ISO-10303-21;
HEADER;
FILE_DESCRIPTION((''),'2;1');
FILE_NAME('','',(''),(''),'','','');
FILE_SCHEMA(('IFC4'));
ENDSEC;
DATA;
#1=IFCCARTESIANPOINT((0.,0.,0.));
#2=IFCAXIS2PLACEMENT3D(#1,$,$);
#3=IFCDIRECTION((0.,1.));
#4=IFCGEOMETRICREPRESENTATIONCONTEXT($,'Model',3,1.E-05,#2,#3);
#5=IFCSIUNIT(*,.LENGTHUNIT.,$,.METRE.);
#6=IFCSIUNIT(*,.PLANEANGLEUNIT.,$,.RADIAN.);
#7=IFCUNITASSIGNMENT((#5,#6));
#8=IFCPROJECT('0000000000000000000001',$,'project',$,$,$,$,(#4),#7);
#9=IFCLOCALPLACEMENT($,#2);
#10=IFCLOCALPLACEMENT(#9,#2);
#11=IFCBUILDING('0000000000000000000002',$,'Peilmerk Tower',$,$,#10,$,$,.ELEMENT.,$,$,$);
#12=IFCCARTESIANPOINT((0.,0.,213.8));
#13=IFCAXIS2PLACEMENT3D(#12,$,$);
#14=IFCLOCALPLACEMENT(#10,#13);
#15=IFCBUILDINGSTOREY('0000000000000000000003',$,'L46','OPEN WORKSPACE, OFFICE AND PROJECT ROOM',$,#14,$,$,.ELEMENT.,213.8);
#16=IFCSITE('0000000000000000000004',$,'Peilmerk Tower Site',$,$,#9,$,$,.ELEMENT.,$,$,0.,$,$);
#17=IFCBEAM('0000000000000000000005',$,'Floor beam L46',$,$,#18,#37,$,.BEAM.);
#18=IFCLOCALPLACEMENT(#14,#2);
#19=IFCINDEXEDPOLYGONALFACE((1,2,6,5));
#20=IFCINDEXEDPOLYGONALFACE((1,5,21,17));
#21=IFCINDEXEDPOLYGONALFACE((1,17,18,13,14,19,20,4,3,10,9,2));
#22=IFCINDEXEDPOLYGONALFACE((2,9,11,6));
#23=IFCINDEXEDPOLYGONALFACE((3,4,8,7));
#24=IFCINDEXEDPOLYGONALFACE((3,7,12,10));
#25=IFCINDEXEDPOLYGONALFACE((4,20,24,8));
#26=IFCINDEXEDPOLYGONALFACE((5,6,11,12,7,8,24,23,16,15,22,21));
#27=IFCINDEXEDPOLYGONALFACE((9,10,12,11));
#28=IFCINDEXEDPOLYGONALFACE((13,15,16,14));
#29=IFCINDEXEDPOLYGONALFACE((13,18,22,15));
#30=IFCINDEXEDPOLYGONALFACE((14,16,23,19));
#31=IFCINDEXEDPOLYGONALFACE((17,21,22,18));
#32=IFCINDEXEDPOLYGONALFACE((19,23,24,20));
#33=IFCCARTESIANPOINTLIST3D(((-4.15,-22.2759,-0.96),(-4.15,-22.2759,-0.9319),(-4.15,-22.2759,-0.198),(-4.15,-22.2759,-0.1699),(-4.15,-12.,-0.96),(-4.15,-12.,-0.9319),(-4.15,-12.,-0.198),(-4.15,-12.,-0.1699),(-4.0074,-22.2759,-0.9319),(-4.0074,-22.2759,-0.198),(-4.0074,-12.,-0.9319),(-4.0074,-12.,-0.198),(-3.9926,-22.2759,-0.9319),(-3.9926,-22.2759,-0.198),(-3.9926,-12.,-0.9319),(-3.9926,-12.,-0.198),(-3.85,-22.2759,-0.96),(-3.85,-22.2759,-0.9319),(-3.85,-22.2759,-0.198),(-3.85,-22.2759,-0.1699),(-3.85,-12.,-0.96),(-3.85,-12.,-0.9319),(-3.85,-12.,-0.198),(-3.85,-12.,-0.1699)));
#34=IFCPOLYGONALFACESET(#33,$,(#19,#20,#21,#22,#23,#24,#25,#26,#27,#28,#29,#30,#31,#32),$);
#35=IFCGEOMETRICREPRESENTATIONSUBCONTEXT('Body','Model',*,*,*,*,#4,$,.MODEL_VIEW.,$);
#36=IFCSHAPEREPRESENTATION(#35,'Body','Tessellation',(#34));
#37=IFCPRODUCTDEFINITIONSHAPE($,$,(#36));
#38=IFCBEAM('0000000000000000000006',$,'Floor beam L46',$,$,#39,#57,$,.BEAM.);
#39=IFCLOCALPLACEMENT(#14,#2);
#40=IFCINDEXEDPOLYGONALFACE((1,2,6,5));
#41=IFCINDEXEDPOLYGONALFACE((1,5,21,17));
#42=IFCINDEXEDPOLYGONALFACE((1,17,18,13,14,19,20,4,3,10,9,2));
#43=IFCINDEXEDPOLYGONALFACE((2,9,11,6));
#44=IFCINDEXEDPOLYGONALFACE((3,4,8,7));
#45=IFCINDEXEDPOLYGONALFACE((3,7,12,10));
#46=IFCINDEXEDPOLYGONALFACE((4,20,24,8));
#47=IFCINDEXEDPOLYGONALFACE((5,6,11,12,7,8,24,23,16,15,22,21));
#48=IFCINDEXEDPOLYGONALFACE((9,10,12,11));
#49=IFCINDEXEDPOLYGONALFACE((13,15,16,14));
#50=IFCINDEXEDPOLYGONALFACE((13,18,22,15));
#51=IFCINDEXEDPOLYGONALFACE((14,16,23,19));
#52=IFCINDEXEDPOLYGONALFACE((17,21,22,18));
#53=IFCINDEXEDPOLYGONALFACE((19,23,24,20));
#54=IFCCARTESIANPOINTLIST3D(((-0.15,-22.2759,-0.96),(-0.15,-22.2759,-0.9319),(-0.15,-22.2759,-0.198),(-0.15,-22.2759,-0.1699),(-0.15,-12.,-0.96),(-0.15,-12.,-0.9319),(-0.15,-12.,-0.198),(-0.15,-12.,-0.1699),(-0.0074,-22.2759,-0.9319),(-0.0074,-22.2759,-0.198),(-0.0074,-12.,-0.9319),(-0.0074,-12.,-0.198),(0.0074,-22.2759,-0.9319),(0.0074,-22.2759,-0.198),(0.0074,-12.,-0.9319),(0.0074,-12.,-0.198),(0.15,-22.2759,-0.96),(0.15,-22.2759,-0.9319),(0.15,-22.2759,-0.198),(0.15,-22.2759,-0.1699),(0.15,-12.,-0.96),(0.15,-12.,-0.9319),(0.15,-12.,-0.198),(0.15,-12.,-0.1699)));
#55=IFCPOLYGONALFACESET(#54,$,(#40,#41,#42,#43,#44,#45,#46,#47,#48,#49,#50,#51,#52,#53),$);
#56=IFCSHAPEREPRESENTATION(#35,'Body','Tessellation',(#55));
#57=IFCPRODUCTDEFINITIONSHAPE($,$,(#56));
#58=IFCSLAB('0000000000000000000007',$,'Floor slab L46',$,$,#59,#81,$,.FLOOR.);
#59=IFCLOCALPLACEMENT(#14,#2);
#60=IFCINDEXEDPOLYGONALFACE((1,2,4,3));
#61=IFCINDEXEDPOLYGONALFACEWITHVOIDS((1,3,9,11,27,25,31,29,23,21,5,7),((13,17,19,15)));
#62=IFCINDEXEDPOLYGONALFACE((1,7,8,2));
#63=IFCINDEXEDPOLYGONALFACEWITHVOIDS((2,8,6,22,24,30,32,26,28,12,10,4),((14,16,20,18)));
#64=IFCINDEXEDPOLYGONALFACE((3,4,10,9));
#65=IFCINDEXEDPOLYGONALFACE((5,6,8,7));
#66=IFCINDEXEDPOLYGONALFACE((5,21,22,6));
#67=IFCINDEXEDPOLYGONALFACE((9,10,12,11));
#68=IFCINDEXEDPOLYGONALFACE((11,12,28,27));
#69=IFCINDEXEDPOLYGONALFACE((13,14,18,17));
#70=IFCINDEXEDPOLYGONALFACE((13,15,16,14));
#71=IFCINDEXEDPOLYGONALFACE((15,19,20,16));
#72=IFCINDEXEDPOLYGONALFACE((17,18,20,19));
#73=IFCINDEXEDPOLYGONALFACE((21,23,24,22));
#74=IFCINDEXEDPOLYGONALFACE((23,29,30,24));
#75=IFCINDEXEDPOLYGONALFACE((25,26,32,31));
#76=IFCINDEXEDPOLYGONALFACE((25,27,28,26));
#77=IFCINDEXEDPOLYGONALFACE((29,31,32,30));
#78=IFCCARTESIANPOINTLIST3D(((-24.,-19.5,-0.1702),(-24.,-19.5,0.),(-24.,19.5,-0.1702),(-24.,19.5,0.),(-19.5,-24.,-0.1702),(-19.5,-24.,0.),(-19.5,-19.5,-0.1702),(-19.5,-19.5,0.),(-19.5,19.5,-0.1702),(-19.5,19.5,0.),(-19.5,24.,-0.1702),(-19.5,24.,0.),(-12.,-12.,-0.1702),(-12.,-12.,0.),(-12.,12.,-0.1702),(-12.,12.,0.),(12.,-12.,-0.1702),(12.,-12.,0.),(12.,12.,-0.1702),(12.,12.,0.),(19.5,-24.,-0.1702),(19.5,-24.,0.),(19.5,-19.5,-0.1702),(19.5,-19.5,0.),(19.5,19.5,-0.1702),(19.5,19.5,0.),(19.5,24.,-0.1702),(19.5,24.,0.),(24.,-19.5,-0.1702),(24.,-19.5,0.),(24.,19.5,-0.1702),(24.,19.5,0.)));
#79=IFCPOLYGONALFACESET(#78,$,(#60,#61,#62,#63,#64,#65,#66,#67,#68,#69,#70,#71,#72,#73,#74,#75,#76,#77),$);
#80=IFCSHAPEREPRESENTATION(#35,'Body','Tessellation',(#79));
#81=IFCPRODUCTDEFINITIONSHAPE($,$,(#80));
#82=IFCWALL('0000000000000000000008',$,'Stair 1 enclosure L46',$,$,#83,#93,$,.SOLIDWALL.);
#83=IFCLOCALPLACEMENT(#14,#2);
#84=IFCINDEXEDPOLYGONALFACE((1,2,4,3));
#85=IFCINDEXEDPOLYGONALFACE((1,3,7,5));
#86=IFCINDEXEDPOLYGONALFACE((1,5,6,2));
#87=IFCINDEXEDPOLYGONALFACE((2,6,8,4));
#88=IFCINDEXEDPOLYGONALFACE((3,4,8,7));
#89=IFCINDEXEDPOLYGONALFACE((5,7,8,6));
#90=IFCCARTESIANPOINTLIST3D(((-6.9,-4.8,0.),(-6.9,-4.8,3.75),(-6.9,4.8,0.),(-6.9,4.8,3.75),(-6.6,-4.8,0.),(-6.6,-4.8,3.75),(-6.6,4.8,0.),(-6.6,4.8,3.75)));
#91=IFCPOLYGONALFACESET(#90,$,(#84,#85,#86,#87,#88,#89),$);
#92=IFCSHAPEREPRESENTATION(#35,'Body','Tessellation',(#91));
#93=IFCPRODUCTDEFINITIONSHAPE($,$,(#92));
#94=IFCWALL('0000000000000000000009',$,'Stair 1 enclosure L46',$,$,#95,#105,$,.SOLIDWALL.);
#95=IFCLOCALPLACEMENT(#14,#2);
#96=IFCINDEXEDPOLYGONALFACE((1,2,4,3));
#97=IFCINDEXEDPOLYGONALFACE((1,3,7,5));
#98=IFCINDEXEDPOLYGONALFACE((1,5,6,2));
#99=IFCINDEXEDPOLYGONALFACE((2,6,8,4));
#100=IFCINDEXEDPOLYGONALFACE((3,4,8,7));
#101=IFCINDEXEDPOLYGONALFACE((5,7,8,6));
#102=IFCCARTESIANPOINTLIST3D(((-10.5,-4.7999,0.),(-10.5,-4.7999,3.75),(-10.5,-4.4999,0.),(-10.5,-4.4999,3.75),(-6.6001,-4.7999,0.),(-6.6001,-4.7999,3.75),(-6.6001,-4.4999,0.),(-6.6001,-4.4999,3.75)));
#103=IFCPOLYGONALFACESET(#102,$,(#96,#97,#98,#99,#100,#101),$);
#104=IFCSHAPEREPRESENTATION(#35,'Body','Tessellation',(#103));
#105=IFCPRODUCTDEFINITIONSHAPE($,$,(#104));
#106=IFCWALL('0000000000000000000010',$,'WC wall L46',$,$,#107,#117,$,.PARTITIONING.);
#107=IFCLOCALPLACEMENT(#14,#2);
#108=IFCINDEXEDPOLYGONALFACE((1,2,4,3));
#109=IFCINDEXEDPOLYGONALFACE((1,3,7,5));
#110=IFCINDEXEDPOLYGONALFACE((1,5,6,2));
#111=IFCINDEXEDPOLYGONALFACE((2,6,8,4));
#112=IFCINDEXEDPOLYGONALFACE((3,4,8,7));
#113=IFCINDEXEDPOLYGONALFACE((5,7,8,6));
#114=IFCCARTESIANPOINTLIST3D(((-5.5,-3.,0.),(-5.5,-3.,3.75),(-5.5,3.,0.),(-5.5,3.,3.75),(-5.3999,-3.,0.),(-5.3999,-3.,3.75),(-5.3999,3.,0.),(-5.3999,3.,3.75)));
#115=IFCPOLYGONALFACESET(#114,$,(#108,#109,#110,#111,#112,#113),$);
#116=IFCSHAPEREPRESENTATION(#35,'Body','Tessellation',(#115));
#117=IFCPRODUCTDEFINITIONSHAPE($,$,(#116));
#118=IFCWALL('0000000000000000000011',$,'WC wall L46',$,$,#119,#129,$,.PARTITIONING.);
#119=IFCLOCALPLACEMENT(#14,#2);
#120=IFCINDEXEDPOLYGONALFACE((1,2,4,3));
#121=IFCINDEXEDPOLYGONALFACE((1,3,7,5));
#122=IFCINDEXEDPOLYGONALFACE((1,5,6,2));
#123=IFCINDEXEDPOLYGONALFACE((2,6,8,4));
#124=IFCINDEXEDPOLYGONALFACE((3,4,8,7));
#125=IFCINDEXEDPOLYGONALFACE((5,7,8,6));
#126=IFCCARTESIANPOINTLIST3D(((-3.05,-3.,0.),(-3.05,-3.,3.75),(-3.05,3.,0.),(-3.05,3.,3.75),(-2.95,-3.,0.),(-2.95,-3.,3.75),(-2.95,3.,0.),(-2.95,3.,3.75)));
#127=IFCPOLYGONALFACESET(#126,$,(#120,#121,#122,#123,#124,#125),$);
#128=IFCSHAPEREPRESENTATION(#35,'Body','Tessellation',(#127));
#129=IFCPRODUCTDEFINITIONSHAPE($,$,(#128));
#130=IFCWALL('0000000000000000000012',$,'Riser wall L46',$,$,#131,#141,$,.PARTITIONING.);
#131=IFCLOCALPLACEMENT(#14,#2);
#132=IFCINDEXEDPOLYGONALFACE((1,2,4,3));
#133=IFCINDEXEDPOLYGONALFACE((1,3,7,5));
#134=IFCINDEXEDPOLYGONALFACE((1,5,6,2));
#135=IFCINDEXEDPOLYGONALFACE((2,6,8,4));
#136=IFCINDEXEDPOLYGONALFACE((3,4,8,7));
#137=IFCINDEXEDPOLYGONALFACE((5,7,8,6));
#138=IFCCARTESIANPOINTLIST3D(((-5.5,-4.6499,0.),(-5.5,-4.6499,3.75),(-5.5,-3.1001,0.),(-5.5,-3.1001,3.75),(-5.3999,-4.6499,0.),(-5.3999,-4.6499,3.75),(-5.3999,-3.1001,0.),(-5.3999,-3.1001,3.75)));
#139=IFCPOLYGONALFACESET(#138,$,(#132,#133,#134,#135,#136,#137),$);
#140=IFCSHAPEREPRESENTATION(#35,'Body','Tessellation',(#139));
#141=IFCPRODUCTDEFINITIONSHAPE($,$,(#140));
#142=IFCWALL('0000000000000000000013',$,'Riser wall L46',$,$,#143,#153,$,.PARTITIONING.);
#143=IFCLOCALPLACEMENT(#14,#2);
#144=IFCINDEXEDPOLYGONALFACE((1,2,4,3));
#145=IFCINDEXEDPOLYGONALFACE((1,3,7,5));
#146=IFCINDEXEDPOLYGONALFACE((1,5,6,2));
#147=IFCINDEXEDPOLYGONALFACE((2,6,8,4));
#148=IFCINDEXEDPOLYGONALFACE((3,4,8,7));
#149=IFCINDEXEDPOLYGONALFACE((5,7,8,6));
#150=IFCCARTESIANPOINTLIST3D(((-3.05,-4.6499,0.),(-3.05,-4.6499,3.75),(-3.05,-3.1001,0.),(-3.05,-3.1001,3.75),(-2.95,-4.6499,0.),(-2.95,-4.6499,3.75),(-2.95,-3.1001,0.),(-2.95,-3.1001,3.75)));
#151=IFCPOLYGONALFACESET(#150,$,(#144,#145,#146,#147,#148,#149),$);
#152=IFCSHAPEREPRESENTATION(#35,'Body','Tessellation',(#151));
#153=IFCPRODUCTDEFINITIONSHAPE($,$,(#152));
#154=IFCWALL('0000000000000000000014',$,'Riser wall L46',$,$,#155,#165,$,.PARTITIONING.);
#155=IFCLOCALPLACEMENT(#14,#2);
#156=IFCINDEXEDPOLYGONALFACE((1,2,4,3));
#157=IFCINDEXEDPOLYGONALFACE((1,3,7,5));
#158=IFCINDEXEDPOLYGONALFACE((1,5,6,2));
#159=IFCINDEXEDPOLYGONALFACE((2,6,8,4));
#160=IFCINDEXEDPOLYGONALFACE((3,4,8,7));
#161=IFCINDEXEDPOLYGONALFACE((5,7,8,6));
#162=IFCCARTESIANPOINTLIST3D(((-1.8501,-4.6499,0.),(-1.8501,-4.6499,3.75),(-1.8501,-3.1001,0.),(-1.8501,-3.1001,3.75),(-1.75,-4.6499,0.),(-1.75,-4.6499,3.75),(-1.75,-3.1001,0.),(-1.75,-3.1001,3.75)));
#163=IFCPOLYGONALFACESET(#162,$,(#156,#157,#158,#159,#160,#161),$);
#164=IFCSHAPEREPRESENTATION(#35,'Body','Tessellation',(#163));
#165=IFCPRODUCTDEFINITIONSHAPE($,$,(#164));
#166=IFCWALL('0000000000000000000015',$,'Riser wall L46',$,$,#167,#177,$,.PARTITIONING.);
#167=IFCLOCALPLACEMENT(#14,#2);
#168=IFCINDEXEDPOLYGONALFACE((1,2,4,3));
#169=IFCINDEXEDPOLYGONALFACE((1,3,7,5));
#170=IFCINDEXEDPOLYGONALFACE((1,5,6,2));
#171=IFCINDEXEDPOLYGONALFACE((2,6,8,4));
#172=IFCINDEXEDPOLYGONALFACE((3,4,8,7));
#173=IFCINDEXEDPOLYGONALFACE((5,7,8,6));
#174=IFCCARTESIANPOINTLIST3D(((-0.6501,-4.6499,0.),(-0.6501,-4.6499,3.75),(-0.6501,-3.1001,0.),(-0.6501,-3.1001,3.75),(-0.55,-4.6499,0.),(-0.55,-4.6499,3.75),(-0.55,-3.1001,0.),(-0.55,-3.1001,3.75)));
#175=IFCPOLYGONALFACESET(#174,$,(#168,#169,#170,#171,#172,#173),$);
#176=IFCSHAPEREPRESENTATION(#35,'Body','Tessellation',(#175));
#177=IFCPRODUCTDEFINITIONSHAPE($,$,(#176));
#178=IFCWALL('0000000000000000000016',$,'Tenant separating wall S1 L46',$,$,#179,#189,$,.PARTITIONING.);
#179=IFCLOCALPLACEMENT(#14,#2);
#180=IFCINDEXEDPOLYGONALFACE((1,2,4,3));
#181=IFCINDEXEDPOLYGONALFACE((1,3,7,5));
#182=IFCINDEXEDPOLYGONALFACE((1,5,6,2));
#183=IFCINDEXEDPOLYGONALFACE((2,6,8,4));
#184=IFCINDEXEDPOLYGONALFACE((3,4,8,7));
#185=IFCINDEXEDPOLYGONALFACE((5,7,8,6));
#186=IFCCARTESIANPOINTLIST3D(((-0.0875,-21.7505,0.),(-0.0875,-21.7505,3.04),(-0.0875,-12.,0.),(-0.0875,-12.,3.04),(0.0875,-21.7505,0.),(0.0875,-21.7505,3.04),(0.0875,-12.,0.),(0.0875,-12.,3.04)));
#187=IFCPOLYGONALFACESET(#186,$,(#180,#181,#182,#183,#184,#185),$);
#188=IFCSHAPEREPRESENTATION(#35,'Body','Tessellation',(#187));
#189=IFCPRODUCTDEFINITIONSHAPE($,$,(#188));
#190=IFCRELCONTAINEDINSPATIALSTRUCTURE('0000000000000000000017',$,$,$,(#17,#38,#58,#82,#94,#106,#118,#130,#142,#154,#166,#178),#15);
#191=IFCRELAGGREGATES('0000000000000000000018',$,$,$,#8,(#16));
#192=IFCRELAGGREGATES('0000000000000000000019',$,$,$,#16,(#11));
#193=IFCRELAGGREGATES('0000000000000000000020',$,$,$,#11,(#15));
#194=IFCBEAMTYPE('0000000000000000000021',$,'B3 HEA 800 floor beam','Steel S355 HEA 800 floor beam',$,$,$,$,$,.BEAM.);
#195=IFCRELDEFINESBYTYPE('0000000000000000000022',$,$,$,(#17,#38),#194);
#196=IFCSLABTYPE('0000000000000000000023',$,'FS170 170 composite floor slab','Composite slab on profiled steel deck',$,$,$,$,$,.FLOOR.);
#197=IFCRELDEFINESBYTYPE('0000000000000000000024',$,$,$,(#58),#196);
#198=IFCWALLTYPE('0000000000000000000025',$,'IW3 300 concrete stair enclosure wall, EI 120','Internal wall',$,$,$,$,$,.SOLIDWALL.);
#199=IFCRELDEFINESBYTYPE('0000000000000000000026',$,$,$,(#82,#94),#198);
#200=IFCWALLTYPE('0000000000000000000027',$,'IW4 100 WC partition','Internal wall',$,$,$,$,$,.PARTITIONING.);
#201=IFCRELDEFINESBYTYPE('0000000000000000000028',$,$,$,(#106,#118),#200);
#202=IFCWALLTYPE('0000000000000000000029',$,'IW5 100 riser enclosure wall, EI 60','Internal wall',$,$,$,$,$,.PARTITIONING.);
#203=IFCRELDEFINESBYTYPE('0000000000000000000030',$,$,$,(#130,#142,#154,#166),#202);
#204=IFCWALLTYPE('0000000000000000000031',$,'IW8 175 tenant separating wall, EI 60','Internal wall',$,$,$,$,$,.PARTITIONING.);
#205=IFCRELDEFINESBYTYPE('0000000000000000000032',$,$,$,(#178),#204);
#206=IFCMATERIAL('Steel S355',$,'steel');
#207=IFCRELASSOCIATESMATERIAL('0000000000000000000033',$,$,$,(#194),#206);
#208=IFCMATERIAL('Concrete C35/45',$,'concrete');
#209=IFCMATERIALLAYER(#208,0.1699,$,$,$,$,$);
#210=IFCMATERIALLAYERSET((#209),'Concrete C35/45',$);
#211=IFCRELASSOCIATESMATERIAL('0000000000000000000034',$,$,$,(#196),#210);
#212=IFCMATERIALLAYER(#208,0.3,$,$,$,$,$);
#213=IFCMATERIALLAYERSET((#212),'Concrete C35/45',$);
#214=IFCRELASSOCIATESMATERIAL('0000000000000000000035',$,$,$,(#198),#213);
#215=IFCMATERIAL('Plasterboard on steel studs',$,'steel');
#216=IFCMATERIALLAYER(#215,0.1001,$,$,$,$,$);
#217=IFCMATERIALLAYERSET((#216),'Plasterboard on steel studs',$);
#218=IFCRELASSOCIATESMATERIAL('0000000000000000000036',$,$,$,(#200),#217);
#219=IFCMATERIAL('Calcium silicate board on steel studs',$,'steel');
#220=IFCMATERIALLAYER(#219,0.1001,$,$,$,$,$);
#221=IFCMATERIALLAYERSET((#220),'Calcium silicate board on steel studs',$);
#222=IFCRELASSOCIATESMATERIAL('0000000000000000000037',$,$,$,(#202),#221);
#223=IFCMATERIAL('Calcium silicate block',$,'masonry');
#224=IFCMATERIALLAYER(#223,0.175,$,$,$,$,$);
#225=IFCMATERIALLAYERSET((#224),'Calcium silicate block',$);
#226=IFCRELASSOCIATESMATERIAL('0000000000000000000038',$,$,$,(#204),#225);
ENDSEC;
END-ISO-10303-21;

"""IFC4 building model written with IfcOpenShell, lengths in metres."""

from ifc_helpers import new_model, si_unit, direction, frame, frame_2d, origin, origin_2d, place, context, subcontext, project, spatial, polyline, rectangle, i_section, outline, extrude, material, layer, layer_set, material_profile, profile_set, type_object, element, save


model = new_model("IFC4")

# Units and contexts
model_context = context("Model", 3, precision=1e-05, world=origin(), true_north=direction((0.0, 1.0)))
body_context = subcontext(model_context, "Body", "Model", "MODEL_VIEW")
ifc_project = project(units=[si_unit("LENGTHUNIT", "METRE"), si_unit("PLANEANGLEUNIT", "RADIAN")], contexts=[model_context])

# Site, building, storey
site_placement = place(None, origin())
site = spatial("IfcSite", under=ifc_project, at=site_placement, Name="Peilmerk Tower Site", CompositionType="ELEMENT", RefElevation=0.0)
building_placement = place(site_placement, origin())
building = spatial("IfcBuilding", under=site, at=building_placement, Name="Peilmerk Tower", CompositionType="ELEMENT")
storey_placement = place(building_placement, frame((0.0, 0.0, 213.8)))
storey = spatial("IfcBuildingStorey", under=building, at=storey_placement, Name="L46", Description="OPEN WORKSPACE, OFFICE AND PROJECT ROOM", CompositionType="ELEMENT", Elevation=213.8)

# Beams
ifc_material_1 = material(Name="Steel S355", Category="steel")
ifc_material_profile = material_profile(ifc_material_1, i_section(OverallWidth=0.3, OverallDepth=0.79, WebThickness=0.0149, FlangeThickness=0.0281, at=origin_2d()), Name="HEA 800")
ifc_profile_set = profile_set([ifc_material_profile], Name="Steel S355")
beam_type = type_object("IfcBeamType", Name="B3 HEA 800 floor beam", Description="Steel S355 HEA 800 floor beam", PredefinedType="BEAM", material=ifc_profile_set)
for number, where, z_axis, x_axis, name in (
    (1, (-4.0, -12.0, -0.5649), (0.0, -1.0, 0.0), (1.0, 0.0, 0.0), "Floor beam L46"),
    (2, (0.0, -12.0, -0.5649), (0.0, -1.0, 0.0), (1.0, 0.0, 0.0), "Floor beam L46"),
):
    element("IfcBeam", number, at=place(storey_placement, frame(where, z_axis=z_axis, x_axis=x_axis)), inside=storey, type_object=beam_type, Name=name, PredefinedType="BEAM", context=body_context, shape_type="SweptSolid", body=[
        extrude(i_section(OverallWidth=0.3, OverallDepth=0.79, WebThickness=0.0149, FlangeThickness=0.0281, at=origin_2d()), origin(), (0.0, 0.0, 1.0), 10.2759),
    ])

# Slab
ifc_material_2 = material(Name="Concrete C35/45", Category="concrete")
ifc_layer_1 = layer(ifc_material_2, 0.1699)
ifc_layer_set_1 = layer_set([ifc_layer_1], Name="Concrete C35/45")
slab_type = type_object("IfcSlabType", Name="FS170 170 composite floor slab", Description="Composite slab on profiled steel deck", PredefinedType="FLOOR", material=ifc_layer_set_1)
slab_placement = place(storey_placement, frame((0.0, 0.0, -0.1702)))
element("IfcSlab", 3, at=slab_placement, inside=storey, type_object=slab_type, Name="Floor slab L46", PredefinedType="FLOOR", context=body_context, shape_type="SweptSolid", body=[
    extrude(outline(polyline([(-19.5, -24.0), (19.5, -24.0), (19.5, -19.5), (24.0, -19.5), (24.0, 19.5), (19.5, 19.5), (19.5, 24.0), (-19.5, 24.0), (-19.5, 19.5), (-24.0, 19.5), (-24.0, -19.5), (-19.5, -19.5), (-19.5, -24.0)]), holes=[polyline([(12.0, 12.0), (12.0, -12.0), (-12.0, -12.0), (-12.0, 12.0), (12.0, 12.0)])]), origin(), (0.0, 0.0, 1.0), 0.1702),
])

# Walls
ifc_layer_2 = layer(ifc_material_2, 0.3)
ifc_layer_set_2 = layer_set([ifc_layer_2], Name="Concrete C35/45")
wall_type_1 = type_object("IfcWallType", Name="IW3 300 concrete stair enclosure wall, EI 120", Description="Internal wall", PredefinedType="SOLIDWALL", material=ifc_layer_set_2)
wall_1_placement = place(storey_placement, frame((-6.75, -4.8, 0.0), z_axis=(0.0, 0.0, 1.0), x_axis=(0.0, 1.0, 0.0)))
element("IfcWall", 4, at=wall_1_placement, inside=storey, type_object=wall_type_1, Name="Stair 1 enclosure L46", PredefinedType="SOLIDWALL", context=body_context, shape_type="SweptSolid", body=[
    extrude(rectangle(XDim=9.6001, YDim=0.3, at=frame_2d((4.8, 0.0))), origin(), (0.0, 0.0, 1.0), 3.75),
])
wall_2_placement = place(storey_placement, frame((-6.6001, -4.6499, 0.0), z_axis=(0.0, 0.0, 1.0), x_axis=(-1.0, 0.0, 0.0)))
element("IfcWall", 5, at=wall_2_placement, inside=storey, type_object=wall_type_1, Name="Stair 1 enclosure L46", PredefinedType="SOLIDWALL", context=body_context, shape_type="SweptSolid", body=[
    extrude(rectangle(XDim=3.8999, YDim=0.3, at=frame_2d((1.95, 0.0))), origin(), (0.0, 0.0, 1.0), 3.75),
])
ifc_material_3 = material(Name="Plasterboard on steel studs", Category="steel")
ifc_layer_3 = layer(ifc_material_3, 0.1001)
ifc_layer_set_3 = layer_set([ifc_layer_3], Name="Plasterboard on steel studs")
wall_type_2 = type_object("IfcWallType", Name="IW4 100 WC partition", Description="Internal wall", PredefinedType="PARTITIONING", material=ifc_layer_set_3)
for number, where, z_axis, x_axis, name in (
    (6, (-5.45, -3.0, 0.0), (0.0, 0.0, 1.0), (0.0, 1.0, 0.0), "WC wall L46"),
    (7, (-3.0, -3.0, 0.0), (0.0, 0.0, 1.0), (0.0, 1.0, 0.0), "WC wall L46"),
):
    element("IfcWall", number, at=place(storey_placement, frame(where, z_axis=z_axis, x_axis=x_axis)), inside=storey, type_object=wall_type_2, Name=name, PredefinedType="PARTITIONING", context=body_context, shape_type="SweptSolid", body=[
        extrude(rectangle(XDim=6.0, YDim=0.1001, at=frame_2d((3.0, 0.0))), origin(), (0.0, 0.0, 1.0), 3.75),
    ])
ifc_material_4 = material(Name="Calcium silicate board on steel studs", Category="steel")
ifc_layer_4 = layer(ifc_material_4, 0.1001)
ifc_layer_set_4 = layer_set([ifc_layer_4], Name="Calcium silicate board on steel studs")
wall_type_3 = type_object("IfcWallType", Name="IW5 100 riser enclosure wall, EI 60", Description="Internal wall", PredefinedType="PARTITIONING", material=ifc_layer_set_4)
for number, where, z_axis, x_axis, name in (
    (8, (-5.45, -3.1001, 0.0), (0.0, 0.0, 1.0), (0.0, -1.0, 0.0), "Riser wall L46"),
    (9, (-3.0, -3.1001, 0.0), (0.0, 0.0, 1.0), (0.0, -1.0, 0.0), "Riser wall L46"),
    (10, (-1.8, -3.1001, 0.0), (0.0, 0.0, 1.0), (0.0, -1.0, 0.0), "Riser wall L46"),
    (11, (-0.6001, -3.1001, 0.0), (0.0, 0.0, 1.0), (0.0, -1.0, 0.0), "Riser wall L46"),
):
    element("IfcWall", number, at=place(storey_placement, frame(where, z_axis=z_axis, x_axis=x_axis)), inside=storey, type_object=wall_type_3, Name=name, PredefinedType="PARTITIONING", context=body_context, shape_type="SweptSolid", body=[
        extrude(rectangle(XDim=1.5498, YDim=0.1001, at=frame_2d((0.7749, 0.0))), origin(), (0.0, 0.0, 1.0), 3.75),
    ])
ifc_material_5 = material(Name="Calcium silicate block", Category="masonry")
ifc_layer_5 = layer(ifc_material_5, 0.175)
ifc_layer_set_5 = layer_set([ifc_layer_5], Name="Calcium silicate block")
wall_type_4 = type_object("IfcWallType", Name="IW8 175 tenant separating wall, EI 60", Description="Internal wall", PredefinedType="PARTITIONING", material=ifc_layer_set_5)
wall_3_placement = place(storey_placement, frame((0.0, -12.0, 0.0), z_axis=(0.0, 0.0, 1.0), x_axis=(0.0, -1.0, 0.0)))
element("IfcWall", 12, at=wall_3_placement, inside=storey, type_object=wall_type_4, Name="Tenant separating wall S1 L46", PredefinedType="PARTITIONING", context=body_context, shape_type="SweptSolid", body=[
    extrude(rectangle(XDim=9.7505, YDim=0.175, at=frame_2d((4.8752, 0.0))), origin(), (0.0, 0.0, 1.0), 3.04),
])

save(model, "model.ifc")
